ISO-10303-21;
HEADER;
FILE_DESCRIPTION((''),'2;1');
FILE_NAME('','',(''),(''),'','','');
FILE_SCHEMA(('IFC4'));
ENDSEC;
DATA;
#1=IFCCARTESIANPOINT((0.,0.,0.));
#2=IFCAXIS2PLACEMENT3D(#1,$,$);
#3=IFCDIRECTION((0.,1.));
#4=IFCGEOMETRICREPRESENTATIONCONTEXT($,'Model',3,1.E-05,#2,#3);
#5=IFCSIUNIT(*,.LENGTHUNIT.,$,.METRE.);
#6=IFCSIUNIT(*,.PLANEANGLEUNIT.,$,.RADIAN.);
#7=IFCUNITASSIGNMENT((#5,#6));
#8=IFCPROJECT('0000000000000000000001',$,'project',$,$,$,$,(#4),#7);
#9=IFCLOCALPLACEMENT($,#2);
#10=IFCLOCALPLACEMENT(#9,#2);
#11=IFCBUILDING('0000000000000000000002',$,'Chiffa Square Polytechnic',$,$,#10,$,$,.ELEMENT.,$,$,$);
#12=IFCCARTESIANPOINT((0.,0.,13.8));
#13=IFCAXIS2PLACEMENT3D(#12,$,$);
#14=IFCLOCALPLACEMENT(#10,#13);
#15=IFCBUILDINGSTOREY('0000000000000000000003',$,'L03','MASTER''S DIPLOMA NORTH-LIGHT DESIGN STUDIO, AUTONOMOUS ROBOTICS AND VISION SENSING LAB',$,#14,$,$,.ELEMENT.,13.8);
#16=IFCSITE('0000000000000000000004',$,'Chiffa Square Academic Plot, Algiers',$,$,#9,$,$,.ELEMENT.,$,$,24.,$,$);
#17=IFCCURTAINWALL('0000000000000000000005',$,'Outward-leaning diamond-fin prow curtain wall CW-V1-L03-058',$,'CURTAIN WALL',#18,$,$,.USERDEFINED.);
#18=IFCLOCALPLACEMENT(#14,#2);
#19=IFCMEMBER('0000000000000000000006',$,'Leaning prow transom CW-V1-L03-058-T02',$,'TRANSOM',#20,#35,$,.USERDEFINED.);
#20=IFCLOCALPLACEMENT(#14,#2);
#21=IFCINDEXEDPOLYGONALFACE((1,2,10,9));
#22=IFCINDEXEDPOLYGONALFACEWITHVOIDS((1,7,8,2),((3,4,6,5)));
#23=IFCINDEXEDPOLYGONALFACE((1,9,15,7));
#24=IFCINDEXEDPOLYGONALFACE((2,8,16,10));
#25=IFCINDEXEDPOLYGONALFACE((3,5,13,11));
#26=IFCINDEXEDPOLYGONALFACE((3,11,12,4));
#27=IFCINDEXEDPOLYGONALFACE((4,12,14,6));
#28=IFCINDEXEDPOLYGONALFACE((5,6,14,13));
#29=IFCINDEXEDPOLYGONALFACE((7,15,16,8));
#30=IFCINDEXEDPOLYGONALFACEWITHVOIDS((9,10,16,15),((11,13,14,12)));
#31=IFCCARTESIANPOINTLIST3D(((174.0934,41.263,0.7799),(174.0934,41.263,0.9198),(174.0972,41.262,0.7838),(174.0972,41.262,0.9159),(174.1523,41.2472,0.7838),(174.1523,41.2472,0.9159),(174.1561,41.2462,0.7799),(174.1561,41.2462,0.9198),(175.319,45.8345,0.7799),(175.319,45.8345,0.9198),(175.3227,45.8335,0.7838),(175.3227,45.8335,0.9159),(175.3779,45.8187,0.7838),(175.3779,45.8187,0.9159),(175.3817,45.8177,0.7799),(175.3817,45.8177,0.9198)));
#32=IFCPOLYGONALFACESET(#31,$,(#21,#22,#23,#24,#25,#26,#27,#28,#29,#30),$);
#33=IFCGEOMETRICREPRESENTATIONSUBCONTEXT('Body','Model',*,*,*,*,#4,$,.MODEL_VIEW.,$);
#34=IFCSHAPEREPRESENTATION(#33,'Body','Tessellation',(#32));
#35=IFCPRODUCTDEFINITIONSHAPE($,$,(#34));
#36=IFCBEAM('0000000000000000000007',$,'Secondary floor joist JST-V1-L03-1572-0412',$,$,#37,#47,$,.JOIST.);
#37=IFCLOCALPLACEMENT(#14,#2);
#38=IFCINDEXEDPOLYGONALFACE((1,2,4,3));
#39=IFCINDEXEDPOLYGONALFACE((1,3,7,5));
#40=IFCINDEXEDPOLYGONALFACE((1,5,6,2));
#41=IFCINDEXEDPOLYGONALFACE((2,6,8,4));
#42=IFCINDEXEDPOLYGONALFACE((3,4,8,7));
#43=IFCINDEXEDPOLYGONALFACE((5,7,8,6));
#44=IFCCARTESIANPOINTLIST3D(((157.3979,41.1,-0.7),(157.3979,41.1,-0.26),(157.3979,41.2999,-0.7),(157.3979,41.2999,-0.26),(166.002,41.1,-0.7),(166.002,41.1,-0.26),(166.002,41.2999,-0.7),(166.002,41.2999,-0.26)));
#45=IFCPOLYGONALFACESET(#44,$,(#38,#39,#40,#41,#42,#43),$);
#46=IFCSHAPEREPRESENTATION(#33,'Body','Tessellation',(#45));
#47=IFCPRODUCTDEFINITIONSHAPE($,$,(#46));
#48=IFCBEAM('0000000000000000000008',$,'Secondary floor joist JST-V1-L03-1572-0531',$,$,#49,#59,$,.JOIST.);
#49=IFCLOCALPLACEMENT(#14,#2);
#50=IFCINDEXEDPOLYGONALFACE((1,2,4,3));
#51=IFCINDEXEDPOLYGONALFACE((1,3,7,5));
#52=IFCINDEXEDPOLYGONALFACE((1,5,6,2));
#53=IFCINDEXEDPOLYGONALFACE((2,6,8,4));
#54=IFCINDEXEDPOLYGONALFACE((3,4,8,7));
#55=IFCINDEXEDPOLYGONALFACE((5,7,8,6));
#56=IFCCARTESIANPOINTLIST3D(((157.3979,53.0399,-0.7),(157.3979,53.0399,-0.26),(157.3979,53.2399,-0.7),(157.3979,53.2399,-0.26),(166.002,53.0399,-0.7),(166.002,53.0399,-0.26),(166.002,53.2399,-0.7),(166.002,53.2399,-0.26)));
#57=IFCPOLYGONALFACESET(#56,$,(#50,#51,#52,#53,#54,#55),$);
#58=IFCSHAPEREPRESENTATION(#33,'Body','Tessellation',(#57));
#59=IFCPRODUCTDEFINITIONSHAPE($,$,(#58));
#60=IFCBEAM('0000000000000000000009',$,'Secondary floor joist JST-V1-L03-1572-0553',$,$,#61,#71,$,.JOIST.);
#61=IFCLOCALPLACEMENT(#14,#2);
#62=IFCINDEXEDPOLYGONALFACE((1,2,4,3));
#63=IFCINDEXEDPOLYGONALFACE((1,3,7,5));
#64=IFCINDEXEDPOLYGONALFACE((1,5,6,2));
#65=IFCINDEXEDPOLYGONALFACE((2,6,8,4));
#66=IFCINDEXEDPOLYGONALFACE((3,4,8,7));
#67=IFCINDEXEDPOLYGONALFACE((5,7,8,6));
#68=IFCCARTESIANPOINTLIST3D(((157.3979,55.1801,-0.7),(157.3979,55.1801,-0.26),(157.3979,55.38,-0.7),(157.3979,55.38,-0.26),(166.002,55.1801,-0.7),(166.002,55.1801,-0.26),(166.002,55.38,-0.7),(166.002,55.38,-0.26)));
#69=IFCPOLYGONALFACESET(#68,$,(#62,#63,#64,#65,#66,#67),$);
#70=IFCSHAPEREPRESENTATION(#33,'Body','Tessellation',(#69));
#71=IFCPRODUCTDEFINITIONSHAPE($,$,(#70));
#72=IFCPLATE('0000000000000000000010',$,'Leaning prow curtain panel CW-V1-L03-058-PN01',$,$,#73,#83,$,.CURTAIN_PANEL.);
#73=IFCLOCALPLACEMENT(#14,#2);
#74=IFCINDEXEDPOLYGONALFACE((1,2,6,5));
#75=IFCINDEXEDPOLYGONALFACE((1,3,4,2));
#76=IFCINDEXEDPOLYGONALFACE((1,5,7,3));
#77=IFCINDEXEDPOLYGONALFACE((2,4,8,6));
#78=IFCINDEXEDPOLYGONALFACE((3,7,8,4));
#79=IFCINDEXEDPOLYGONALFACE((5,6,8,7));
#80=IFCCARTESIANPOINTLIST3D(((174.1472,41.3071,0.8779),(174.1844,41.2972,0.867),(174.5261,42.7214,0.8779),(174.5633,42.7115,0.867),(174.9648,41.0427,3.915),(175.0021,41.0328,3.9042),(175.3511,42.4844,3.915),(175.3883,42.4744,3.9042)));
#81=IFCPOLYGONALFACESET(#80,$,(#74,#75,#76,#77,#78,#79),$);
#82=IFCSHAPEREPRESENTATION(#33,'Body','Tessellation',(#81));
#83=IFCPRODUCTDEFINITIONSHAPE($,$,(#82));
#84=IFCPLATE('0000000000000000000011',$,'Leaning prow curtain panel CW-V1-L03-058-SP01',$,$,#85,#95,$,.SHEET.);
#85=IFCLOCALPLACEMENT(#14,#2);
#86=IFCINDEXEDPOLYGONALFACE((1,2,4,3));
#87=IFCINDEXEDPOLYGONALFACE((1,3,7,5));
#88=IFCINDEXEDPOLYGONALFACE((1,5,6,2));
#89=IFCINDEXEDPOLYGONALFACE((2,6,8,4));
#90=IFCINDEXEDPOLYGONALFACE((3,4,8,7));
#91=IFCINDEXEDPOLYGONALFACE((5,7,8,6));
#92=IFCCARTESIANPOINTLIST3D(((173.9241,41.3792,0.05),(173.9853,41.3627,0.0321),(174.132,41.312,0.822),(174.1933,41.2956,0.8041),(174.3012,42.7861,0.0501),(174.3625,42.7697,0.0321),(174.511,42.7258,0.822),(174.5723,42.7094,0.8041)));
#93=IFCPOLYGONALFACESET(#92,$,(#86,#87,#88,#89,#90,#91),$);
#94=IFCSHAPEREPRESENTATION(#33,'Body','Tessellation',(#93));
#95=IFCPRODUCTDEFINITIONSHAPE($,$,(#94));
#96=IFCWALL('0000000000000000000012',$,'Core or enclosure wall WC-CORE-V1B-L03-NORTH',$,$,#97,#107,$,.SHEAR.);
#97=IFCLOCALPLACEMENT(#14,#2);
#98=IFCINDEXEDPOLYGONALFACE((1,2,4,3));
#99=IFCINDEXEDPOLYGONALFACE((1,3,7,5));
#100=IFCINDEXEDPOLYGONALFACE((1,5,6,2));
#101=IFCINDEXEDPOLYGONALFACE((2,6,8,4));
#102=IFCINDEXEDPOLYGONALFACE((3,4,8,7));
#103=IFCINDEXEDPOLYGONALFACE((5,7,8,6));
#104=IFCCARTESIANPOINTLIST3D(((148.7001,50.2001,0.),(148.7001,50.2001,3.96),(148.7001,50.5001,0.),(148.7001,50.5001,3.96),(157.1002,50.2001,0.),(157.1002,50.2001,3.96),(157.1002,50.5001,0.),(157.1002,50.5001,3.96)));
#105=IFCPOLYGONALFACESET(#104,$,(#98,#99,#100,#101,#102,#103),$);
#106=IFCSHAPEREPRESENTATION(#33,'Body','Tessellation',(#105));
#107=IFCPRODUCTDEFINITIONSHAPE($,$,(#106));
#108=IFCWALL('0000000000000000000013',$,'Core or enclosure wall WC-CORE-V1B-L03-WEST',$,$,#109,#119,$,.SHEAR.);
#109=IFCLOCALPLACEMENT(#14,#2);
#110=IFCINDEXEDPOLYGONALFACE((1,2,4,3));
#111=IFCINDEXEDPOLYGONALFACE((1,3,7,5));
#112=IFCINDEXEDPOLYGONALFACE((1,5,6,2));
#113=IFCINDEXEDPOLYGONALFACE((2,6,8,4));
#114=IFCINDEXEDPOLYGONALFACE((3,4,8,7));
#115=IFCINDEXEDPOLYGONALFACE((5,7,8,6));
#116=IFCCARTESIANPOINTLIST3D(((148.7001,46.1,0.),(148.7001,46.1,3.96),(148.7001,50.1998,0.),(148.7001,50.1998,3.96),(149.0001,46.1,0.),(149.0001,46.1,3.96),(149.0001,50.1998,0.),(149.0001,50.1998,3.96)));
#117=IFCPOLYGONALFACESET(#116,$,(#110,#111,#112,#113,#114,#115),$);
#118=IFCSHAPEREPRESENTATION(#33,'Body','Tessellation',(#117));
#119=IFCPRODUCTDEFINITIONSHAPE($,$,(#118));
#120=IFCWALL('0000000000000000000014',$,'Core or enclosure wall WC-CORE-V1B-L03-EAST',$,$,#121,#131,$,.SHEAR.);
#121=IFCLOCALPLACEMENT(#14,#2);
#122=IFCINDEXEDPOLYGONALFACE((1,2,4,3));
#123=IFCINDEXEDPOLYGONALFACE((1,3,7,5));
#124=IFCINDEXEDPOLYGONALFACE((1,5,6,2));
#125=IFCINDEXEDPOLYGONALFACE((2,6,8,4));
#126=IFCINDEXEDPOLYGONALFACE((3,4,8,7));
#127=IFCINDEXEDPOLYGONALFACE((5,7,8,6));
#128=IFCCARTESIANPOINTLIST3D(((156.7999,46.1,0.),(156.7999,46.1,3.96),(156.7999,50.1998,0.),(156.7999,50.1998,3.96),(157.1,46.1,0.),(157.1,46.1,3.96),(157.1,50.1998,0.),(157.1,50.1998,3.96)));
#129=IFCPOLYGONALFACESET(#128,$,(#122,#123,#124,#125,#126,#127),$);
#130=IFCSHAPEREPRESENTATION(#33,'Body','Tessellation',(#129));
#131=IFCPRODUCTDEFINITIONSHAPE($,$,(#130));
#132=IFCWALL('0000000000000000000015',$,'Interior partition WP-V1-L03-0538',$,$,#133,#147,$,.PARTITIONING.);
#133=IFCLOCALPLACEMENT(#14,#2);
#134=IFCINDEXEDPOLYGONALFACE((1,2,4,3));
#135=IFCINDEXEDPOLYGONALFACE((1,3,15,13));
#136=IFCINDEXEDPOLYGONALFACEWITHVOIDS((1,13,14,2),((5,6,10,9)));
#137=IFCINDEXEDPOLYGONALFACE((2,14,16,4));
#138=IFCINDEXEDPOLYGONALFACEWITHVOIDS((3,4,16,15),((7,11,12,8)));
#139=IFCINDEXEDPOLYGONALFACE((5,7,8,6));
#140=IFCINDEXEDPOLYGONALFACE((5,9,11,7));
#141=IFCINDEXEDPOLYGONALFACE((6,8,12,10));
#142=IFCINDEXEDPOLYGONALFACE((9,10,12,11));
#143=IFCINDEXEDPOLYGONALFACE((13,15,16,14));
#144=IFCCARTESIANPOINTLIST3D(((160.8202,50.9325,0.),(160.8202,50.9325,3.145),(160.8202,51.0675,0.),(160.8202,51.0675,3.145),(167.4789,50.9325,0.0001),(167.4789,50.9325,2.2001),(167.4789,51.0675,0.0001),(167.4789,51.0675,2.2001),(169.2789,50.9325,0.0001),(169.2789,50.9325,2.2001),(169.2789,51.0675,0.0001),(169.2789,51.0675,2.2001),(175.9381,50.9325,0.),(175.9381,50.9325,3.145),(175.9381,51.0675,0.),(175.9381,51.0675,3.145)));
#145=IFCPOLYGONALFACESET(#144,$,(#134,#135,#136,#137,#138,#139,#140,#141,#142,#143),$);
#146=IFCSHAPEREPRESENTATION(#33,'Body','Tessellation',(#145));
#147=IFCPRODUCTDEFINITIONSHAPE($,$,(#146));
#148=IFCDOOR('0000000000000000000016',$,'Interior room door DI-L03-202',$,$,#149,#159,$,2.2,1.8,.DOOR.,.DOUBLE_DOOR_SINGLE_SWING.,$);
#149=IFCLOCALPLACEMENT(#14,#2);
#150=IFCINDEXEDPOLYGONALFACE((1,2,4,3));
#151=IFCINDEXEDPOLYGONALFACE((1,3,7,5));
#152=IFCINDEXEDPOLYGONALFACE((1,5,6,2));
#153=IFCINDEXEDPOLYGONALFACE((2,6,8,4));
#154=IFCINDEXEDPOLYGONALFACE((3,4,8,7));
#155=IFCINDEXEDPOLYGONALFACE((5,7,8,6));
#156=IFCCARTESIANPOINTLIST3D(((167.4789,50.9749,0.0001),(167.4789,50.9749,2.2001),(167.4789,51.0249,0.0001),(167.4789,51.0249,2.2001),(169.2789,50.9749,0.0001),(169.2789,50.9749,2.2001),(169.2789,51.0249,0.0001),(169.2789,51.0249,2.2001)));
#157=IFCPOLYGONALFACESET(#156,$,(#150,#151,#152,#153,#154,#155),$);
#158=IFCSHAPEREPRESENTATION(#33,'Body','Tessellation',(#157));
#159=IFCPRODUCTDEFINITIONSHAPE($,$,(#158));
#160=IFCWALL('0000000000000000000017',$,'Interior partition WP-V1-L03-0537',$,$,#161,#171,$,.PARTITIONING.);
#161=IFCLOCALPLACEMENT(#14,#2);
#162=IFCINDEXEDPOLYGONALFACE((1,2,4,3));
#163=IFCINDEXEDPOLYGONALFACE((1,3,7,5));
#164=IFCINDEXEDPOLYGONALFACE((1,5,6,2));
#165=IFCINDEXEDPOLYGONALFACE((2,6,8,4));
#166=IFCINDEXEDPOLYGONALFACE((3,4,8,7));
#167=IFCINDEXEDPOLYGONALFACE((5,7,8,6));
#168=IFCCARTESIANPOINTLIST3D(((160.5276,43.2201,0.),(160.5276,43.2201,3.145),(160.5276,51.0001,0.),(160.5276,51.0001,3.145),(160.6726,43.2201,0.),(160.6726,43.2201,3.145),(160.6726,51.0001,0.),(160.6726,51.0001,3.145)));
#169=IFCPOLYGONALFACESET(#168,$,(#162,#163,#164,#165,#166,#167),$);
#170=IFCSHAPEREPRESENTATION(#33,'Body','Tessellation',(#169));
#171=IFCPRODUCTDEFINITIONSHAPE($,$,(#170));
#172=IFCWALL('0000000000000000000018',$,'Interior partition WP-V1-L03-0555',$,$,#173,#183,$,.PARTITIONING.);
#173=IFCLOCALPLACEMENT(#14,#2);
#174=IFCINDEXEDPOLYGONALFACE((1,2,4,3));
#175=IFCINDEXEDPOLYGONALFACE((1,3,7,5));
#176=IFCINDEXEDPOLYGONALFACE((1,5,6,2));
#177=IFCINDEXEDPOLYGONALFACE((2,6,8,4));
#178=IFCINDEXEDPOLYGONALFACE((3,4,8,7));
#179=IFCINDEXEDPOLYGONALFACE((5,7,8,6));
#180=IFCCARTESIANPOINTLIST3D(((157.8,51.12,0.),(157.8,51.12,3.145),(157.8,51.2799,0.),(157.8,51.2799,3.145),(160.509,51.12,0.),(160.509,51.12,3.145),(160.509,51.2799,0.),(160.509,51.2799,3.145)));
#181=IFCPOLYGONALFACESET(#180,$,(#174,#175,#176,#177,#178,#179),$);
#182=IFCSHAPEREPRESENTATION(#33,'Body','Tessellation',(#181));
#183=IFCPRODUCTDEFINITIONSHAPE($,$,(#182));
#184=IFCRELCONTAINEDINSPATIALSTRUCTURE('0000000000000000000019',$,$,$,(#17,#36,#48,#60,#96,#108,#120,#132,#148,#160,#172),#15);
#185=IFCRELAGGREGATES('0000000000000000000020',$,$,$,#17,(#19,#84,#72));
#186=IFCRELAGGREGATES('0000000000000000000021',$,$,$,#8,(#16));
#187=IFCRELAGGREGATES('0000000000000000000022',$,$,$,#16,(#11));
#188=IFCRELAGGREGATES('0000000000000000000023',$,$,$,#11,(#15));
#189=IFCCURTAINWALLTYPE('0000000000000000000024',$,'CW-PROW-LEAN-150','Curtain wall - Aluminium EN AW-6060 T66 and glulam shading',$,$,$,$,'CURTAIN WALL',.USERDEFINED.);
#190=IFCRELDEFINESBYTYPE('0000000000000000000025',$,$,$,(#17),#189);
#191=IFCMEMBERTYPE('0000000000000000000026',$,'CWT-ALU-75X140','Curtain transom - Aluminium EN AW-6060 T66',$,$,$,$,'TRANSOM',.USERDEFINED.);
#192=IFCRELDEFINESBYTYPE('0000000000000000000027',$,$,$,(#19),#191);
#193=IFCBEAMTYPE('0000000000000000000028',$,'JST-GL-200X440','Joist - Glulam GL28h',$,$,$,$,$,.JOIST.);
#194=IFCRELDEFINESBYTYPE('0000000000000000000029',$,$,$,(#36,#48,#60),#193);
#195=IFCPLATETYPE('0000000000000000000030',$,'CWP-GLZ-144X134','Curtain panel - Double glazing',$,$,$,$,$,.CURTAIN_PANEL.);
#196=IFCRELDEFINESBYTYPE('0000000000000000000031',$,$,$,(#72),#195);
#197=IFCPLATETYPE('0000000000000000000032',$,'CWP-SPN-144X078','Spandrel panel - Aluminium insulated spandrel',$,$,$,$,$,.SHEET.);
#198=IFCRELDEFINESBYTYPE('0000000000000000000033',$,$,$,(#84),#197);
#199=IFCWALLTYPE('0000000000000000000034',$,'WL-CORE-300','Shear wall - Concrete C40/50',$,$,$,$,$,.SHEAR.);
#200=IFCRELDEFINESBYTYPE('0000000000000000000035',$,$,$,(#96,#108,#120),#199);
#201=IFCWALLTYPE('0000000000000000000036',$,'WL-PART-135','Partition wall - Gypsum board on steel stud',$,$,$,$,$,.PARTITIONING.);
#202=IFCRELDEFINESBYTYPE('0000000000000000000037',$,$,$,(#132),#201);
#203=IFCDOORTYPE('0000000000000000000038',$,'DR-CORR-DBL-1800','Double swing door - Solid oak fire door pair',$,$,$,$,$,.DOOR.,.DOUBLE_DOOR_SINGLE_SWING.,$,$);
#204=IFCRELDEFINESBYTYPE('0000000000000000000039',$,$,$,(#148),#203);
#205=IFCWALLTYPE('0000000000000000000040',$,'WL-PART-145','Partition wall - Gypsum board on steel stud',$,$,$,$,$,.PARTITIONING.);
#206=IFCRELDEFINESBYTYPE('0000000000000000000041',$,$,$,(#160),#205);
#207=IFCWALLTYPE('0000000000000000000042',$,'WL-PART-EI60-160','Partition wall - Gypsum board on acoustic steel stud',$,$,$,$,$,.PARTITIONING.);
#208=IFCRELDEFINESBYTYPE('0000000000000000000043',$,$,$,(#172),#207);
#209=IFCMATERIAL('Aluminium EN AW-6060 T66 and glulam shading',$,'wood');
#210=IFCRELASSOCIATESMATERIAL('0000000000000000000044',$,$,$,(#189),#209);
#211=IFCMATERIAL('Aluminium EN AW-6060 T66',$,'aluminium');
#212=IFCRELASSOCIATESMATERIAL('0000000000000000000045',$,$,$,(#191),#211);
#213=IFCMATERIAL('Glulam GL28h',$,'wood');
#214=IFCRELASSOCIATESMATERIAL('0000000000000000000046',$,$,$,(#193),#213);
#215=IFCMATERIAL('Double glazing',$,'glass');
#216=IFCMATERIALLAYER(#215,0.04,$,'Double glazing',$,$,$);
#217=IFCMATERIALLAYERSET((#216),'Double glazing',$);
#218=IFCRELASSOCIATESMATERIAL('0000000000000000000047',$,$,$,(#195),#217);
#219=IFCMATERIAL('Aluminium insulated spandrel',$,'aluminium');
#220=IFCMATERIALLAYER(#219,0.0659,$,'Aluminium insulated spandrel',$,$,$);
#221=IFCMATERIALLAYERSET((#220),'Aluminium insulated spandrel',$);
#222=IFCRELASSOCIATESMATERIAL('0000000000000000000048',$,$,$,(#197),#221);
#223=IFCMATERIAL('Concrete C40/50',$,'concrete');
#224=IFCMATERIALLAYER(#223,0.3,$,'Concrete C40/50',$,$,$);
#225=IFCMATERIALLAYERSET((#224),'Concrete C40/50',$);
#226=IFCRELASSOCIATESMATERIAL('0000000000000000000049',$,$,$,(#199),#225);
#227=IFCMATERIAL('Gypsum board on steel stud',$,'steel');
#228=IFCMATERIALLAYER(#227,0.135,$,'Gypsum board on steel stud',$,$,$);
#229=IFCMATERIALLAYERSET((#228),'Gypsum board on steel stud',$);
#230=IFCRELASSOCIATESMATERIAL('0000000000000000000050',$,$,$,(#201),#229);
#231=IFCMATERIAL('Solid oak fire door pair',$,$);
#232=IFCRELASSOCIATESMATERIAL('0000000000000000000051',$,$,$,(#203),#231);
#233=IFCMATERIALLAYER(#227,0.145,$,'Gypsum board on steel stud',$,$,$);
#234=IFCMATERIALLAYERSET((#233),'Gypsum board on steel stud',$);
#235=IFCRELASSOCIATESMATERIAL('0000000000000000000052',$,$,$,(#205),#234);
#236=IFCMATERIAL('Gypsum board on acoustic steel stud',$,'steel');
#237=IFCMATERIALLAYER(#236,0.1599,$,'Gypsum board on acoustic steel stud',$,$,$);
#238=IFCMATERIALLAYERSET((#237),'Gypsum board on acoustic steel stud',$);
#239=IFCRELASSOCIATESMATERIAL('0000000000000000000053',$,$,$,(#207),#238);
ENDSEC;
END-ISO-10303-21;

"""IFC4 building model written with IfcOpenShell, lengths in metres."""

from ifc_helpers import new_model, si_unit, direction, frame, frame_2d, origin, origin_2d, place, context, subcontext, project, spatial, polyline, rectangle, hollow_rectangle, outline, extrude, material, layer, layer_set, material_profile, profile_set, type_object, element, fill, aggregate, save


model = new_model("IFC4")

# Units and contexts
model_context = context("Model", 3, precision=1e-05, world=origin(), true_north=direction((0.0, 1.0)))
body_context = subcontext(model_context, "Body", "Model", "MODEL_VIEW")
ifc_project = project(units=[si_unit("LENGTHUNIT", "METRE"), si_unit("PLANEANGLEUNIT", "RADIAN")], contexts=[model_context])

# Site, building, storey
site_placement = place(None, origin())
site = spatial("IfcSite", under=ifc_project, at=site_placement, Name="Chiffa Square Academic Plot, Algiers", CompositionType="ELEMENT", RefElevation=24.0)
building_placement = place(site_placement, origin())
building = spatial("IfcBuilding", under=site, at=building_placement, Name="Chiffa Square Polytechnic", CompositionType="ELEMENT")
storey_placement = place(building_placement, frame((0.0, 0.0, 13.8)))
storey = spatial("IfcBuildingStorey", under=building, at=storey_placement, Name="L03", Description="MASTER'S DIPLOMA NORTH-LIGHT DESIGN STUDIO, AUTONOMOUS ROBOTICS AND VISION SENSING LAB", CompositionType="ELEMENT", Elevation=13.8)

# Shared definitions
ifc_material_1 = material(Name="Concrete C40/50", Category="concrete")

# Curtain wall, member
ifc_material_2 = material(Name="Aluminium EN AW-6060 T66 and glulam shading", Category="wood")
curtain_wall_type = type_object("IfcCurtainWallType", Name="CW-PROW-LEAN-150", Description="Curtain wall - Aluminium EN AW-6060 T66 and glulam shading", ElementType="CURTAIN WALL", PredefinedType="USERDEFINED", material=ifc_material_2)
curtain_wall_placement = place(storey_placement, origin())
curtain_wall = element("IfcCurtainWall", 1, at=curtain_wall_placement, inside=storey, type_object=curtain_wall_type, Name="Outward-leaning diamond-fin prow curtain wall CW-V1-L03-058", ObjectType="CURTAIN WALL", PredefinedType="USERDEFINED")
ifc_material_3 = material(Name="Aluminium EN AW-6060 T66", Category="aluminium")
ifc_material_4 = material(Name="Glulam GL28h", Category="wood")
ifc_material_profile_1 = material_profile(ifc_material_3, hollow_rectangle(XDim=0.0649, YDim=0.1399, WallThickness=0.0039, at=origin_2d()), Name="ALU 65x140x4")
ifc_profile_set_1 = profile_set([ifc_material_profile_1], Name="Aluminium EN AW-6060 T66")
member_type_1 = type_object("IfcMemberType", Name="CWT-ALU-75X140", Description="Curtain transom - Aluminium EN AW-6060 T66", ElementType="TRANSOM", PredefinedType="USERDEFINED", material=ifc_profile_set_1)
member_1_placement = place(storey_placement, frame((174.1248, 41.2546, 0.8499), z_axis=(0.258947, 0.965892, 0.0), x_axis=(-0.965892, 0.258947, 0.0)))
member_1 = element("IfcMember", 2, at=member_1_placement, type_object=member_type_1, Name="Leaning prow transom CW-V1-L03-058-T02", ObjectType="TRANSOM", PredefinedType="USERDEFINED", context=body_context, shape_type="SweptSolid", body=[
    extrude(hollow_rectangle(XDim=0.0649, YDim=0.1399, WallThickness=0.0039, at=origin_2d()), origin(), (0.0, 0.0, 1.0), 4.7329),
])

# Beams
ifc_material_profile_2 = material_profile(ifc_material_4, rectangle(XDim=0.2, YDim=0.4399, at=origin_2d()), Name="GL28h 200x440")
ifc_profile_set_2 = profile_set([ifc_material_profile_2], Name="Glulam GL28h")
beam_type_1 = type_object("IfcBeamType", Name="JST-GL-200X440", Description="Joist - Glulam GL28h", PredefinedType="JOIST", material=ifc_profile_set_2)
for number, where, z_axis, x_axis, name in (
    (3, (157.3979, 41.2, -0.48), (1.0, 0.0, 0.0), (0.0, 1.0, 0.0), "Secondary floor joist JST-V1-L03-1572-0412"),
    (4, (157.3979, 53.1399, -0.48), (1.0, 0.0, 0.0), (0.0, 1.0, 0.0), "Secondary floor joist JST-V1-L03-1572-0531"),
    (5, (157.3979, 55.28, -0.48), (1.0, 0.0, 0.0), (0.0, 1.0, 0.0), "Secondary floor joist JST-V1-L03-1572-0553"),
):
    element("IfcBeam", number, at=place(storey_placement, frame(where, z_axis=z_axis, x_axis=x_axis)), inside=storey, type_object=beam_type_1, Name=name, PredefinedType="JOIST", context=body_context, shape_type="SweptSolid", body=[
        extrude(rectangle(XDim=0.2, YDim=0.4399, at=origin_2d()), origin(), (0.0, 0.0, 1.0), 8.604),
    ])

# Plates
ifc_material_5 = material(Name="Double glazing", Category="glass")
ifc_layer_1 = layer(ifc_material_5, 0.04, Name="Double glazing")
ifc_layer_set_1 = layer_set([ifc_layer_1], Name="Double glazing")
plate_type_1 = type_object("IfcPlateType", Name="CWP-GLZ-144X134", Description="Curtain panel - Double glazing", PredefinedType="CURTAIN_PANEL", material=ifc_layer_set_1)
plate_1_placement = place(storey_placement, frame((174.1472, 41.3071, 0.8779), z_axis=(-0.929538, 0.249032, 0.271923), x_axis=(0.258783, 0.965936, 0.0)))
plate_1 = element("IfcPlate", 6, at=plate_1_placement, type_object=plate_type_1, Name="Leaning prow curtain panel CW-V1-L03-058-PN01", PredefinedType="CURTAIN_PANEL", context=body_context, shape_type="SweptSolid", body=[
    extrude(outline(polyline([(0.0, 0.0), (1.4642, 0.0), (1.4487, -3.156), (-0.0438, -3.156), (0.0, 0.0)])), origin(), (0.0, 0.0, -1.0), 0.04),
])
ifc_material_6 = material(Name="Aluminium insulated spandrel", Category="aluminium")
ifc_layer_2 = layer(ifc_material_6, 0.0659, Name="Aluminium insulated spandrel")
ifc_layer_set_2 = layer_set([ifc_layer_2], Name="Aluminium insulated spandrel")
plate_type_2 = type_object("IfcPlateType", Name="CWP-SPN-144X078", Description="Spandrel panel - Aluminium insulated spandrel", PredefinedType="SHEET", material=ifc_layer_set_2)
plate_2_placement = place(storey_placement, frame((173.9241, 41.3792, 0.05), z_axis=(-0.929474, 0.249142, 0.27204), x_axis=(0.258909, 0.965902, 0.000011)))
plate_2 = element("IfcPlate", 7, at=plate_2_placement, type_object=plate_type_2, Name="Leaning prow curtain panel CW-V1-L03-058-SP01", PredefinedType="SHEET", context=body_context, shape_type="SweptSolid", body=[
    extrude(outline(polyline([(0.0, 0.0), (1.4567, 0.0), (1.4527, -0.8022), (-0.011, -0.8022), (0.0, 0.0)])), origin(), (0.0, 0.0, -1.0), 0.0659),
])
aggregate(curtain_wall, [member_1, plate_2, plate_1])

# Walls
ifc_layer_3 = layer(ifc_material_1, 0.3, Name="Concrete C40/50")
ifc_layer_set_3 = layer_set([ifc_layer_3], Name="Concrete C40/50")
wall_type_1 = type_object("IfcWallType", Name="WL-CORE-300", Description="Shear wall - Concrete C40/50", PredefinedType="SHEAR", material=ifc_layer_set_3)
wall_1_placement = place(storey_placement, frame((148.7, 50.3501, 0.0), z_axis=(0.0, 0.0, 1.0), x_axis=(1.0, 0.0, 0.0)))
element("IfcWall", 8, at=wall_1_placement, inside=storey, type_object=wall_type_1, Name="Core or enclosure wall WC-CORE-V1B-L03-NORTH", PredefinedType="SHEAR", context=body_context, shape_type="SweptSolid", body=[
    extrude(rectangle(XDim=8.4001, YDim=0.3, at=frame_2d((4.2002, 0.0))), origin(), (0.0, 0.0, 1.0), 3.96),
])
for number, where, z_axis, x_axis, name in (
    (9, (148.8501, 46.1001, 0.0), (0.0, 0.0, 1.0), (0.0, 1.0, 0.0), "Core or enclosure wall WC-CORE-V1B-L03-WEST"),
    (10, (156.95, 46.1001, 0.0), (0.0, 0.0, 1.0), (0.0, 1.0, 0.0), "Core or enclosure wall WC-CORE-V1B-L03-EAST"),
):
    element("IfcWall", number, at=place(storey_placement, frame(where, z_axis=z_axis, x_axis=x_axis)), inside=storey, type_object=wall_type_1, Name=name, PredefinedType="SHEAR", context=body_context, shape_type="SweptSolid", body=[
        extrude(rectangle(XDim=4.0999, YDim=0.3, at=frame_2d((2.0498, 0.0))), origin(), (0.0, 0.0, 1.0), 3.96),
    ])

# Wall, opening, door
ifc_material_7 = material(Name="Gypsum board on steel stud", Category="steel")
ifc_layer_4 = layer(ifc_material_7, 0.135, Name="Gypsum board on steel stud")
ifc_layer_set_4 = layer_set([ifc_layer_4], Name="Gypsum board on steel stud")
wall_type_2 = type_object("IfcWallType", Name="WL-PART-135", Description="Partition wall - Gypsum board on steel stud", PredefinedType="PARTITIONING", material=ifc_layer_set_4)
wall_2_placement = place(storey_placement, frame((160.8201, 51.0, 0.0), z_axis=(0.0, 0.0, 1.0), x_axis=(1.0, 0.0, 0.0)))
wall_2 = element("IfcWall", 11, at=wall_2_placement, inside=storey, type_object=wall_type_2, Name="Interior partition WP-V1-L03-0538", PredefinedType="PARTITIONING", context=body_context, shape_type="SweptSolid", body=[
    extrude(rectangle(XDim=15.1179, YDim=0.135, at=frame_2d((7.5591, 0.0))), origin(), (0.0, 0.0, 1.0), 3.145),
])
opening_placement = place(wall_2_placement, frame((6.6589, 0.0, 0.0)))
opening = element("IfcOpeningElement", 12, at=opening_placement, cuts=wall_2, PredefinedType="OPENING", context=body_context, shape_type="SweptSolid", body=[
    extrude(rectangle(XDim=1.8, YDim=2.2, at=frame_2d((0.8999, 1.1001))), frame((0.0, 0.0776, 0.0), z_axis=(0.0, -1.0, 0.0), x_axis=(1.0, 0.0, 0.0)), (0.0, 0.0, 1.0), 0.155),
])
ifc_material_8 = material(Name="Solid oak fire door pair")
door_type = type_object("IfcDoorType", Name="DR-CORR-DBL-1800", Description="Double swing door - Solid oak fire door pair", OperationType="DOUBLE_DOOR_SINGLE_SWING", PredefinedType="DOOR", material=ifc_material_8)
door_placement = place(opening_placement, origin())
door = element("IfcDoor", 13, at=door_placement, inside=storey, type_object=door_type, Name="Interior room door DI-L03-202", OperationType="DOUBLE_DOOR_SINGLE_SWING", OverallHeight=2.2, OverallWidth=1.8, PredefinedType="DOOR", context=body_context, shape_type="SweptSolid", body=[
    extrude(rectangle(XDim=1.8, YDim=2.2, at=frame_2d((0.8999, 1.1001))), frame((0.0, 0.0249, 0.0), z_axis=(0.0, -1.0, 0.0), x_axis=(1.0, 0.0, 0.0)), (0.0, 0.0, 1.0), 0.05),
])
fill(opening, door)

# Walls
ifc_layer_5 = layer(ifc_material_7, 0.145, Name="Gypsum board on steel stud")
ifc_layer_set_5 = layer_set([ifc_layer_5], Name="Gypsum board on steel stud")
wall_type_3 = type_object("IfcWallType", Name="WL-PART-145", Description="Partition wall - Gypsum board on steel stud", PredefinedType="PARTITIONING", material=ifc_layer_set_5)
wall_3_placement = place(storey_placement, frame((160.6001, 43.22, 0.0), z_axis=(0.0, 0.0, 1.0), x_axis=(0.0, 1.0, 0.0)))
element("IfcWall", 14, at=wall_3_placement, inside=storey, type_object=wall_type_3, Name="Interior partition WP-V1-L03-0537", PredefinedType="PARTITIONING", context=body_context, shape_type="SweptSolid", body=[
    extrude(rectangle(XDim=7.78, YDim=0.145, at=frame_2d((3.8901, 0.0))), origin(), (0.0, 0.0, 1.0), 3.145),
])
ifc_material_9 = material(Name="Gypsum board on acoustic steel stud", Category="steel")
ifc_layer_6 = layer(ifc_material_9, 0.1599, Name="Gypsum board on acoustic steel stud")
ifc_layer_set_6 = layer_set([ifc_layer_6], Name="Gypsum board on acoustic steel stud")
wall_type_4 = type_object("IfcWallType", Name="WL-PART-EI60-160", Description="Partition wall - Gypsum board on acoustic steel stud", PredefinedType="PARTITIONING", material=ifc_layer_set_6)
wall_4_placement = place(storey_placement, frame((157.8, 51.2, 0.0), z_axis=(0.0, 0.0, 1.0), x_axis=(1.0, 0.0, 0.0)))
element("IfcWall", 15, at=wall_4_placement, inside=storey, type_object=wall_type_4, Name="Interior partition WP-V1-L03-0555", PredefinedType="PARTITIONING", context=body_context, shape_type="SweptSolid", body=[
    extrude(rectangle(XDim=2.709, YDim=0.1599, at=frame_2d((1.3545, 0.0))), origin(), (0.0, 0.0, 1.0), 3.145),
])

save(model, "model.ifc")
